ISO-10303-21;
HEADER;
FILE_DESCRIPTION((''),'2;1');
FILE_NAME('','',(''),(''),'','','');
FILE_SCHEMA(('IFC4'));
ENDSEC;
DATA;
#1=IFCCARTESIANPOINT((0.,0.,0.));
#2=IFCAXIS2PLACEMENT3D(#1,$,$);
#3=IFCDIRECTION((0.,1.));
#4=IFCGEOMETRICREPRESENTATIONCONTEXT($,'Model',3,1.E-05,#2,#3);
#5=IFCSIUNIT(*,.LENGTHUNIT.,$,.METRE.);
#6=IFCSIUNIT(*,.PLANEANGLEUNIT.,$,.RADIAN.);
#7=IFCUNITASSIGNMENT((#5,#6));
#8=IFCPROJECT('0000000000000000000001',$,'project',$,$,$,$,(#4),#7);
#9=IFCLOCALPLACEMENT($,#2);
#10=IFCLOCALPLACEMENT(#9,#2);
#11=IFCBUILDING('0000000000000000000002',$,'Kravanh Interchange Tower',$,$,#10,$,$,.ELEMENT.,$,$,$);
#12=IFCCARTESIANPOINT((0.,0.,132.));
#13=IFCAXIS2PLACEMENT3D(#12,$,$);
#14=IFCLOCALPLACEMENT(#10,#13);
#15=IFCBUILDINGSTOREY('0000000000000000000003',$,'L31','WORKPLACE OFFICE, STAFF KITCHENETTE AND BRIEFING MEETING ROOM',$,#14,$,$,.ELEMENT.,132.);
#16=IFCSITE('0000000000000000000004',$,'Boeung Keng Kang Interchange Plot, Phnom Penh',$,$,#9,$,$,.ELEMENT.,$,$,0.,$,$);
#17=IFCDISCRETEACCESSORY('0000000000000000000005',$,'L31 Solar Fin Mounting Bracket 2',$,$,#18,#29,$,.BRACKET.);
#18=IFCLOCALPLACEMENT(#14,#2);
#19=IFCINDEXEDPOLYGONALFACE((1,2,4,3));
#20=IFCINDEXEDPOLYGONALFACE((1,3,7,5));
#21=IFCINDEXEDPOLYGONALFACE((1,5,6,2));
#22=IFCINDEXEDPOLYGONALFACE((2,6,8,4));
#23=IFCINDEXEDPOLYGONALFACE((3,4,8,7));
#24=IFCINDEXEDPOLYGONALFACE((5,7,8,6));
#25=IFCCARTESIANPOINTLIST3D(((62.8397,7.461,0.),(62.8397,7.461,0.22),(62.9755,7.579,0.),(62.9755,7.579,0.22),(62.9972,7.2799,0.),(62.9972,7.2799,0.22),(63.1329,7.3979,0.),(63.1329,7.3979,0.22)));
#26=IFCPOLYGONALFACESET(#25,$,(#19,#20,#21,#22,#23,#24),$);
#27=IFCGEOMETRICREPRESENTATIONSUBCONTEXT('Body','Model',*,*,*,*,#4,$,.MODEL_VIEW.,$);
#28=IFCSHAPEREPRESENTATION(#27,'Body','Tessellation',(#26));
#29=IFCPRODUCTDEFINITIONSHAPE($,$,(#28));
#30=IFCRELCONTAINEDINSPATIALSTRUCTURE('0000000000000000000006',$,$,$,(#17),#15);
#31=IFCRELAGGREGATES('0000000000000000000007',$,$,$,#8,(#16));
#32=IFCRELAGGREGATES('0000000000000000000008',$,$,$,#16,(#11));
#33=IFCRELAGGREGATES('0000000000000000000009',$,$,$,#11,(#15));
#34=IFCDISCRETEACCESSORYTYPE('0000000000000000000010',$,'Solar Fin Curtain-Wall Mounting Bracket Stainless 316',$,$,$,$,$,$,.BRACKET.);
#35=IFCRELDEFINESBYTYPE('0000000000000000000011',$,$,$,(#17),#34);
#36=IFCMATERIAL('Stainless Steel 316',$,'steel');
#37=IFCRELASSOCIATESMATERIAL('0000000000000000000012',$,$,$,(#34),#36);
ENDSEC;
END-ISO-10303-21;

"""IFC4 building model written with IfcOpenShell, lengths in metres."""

from ifc_helpers import new_model, si_unit, direction, frame, origin, origin_2d, place, context, subcontext, project, spatial, rectangle, extrude, material, type_object, element, save


model = new_model("IFC4")

# Units and contexts
model_context = context("Model", 3, precision=1e-05, world=origin(), true_north=direction((0.0, 1.0)))
body_context = subcontext(model_context, "Body", "Model", "MODEL_VIEW")
ifc_project = project(units=[si_unit("LENGTHUNIT", "METRE"), si_unit("PLANEANGLEUNIT", "RADIAN")], contexts=[model_context])

# Site, building, storey
site_placement = place(None, origin())
site = spatial("IfcSite", under=ifc_project, at=site_placement, Name="Boeung Keng Kang Interchange Plot, Phnom Penh", CompositionType="ELEMENT", RefElevation=0.0)
building_placement = place(site_placement, origin())
building = spatial("IfcBuilding", under=site, at=building_placement, Name="Kravanh Interchange Tower", CompositionType="ELEMENT")
storey_placement = place(building_placement, frame((0.0, 0.0, 132.0)))
storey = spatial("IfcBuildingStorey", under=building, at=storey_placement, Name="L31", Description="WORKPLACE OFFICE, STAFF KITCHENETTE AND BRIEFING MEETING ROOM", CompositionType="ELEMENT", Elevation=132.0)

# Discrete accessory
ifc_material_1 = material(Name="Stainless Steel 316", Category="steel")
discrete_accessory_type = type_object("IfcDiscreteAccessoryType", Name="Solar Fin Curtain-Wall Mounting Bracket Stainless 316", PredefinedType="BRACKET", material=ifc_material_1)
discrete_accessory_placement = place(storey_placement, frame((62.9863, 7.4294, 0.0), z_axis=(0.0, 0.0, 1.0), x_axis=(0.656056, -0.754712, 0.0)))
element("IfcDiscreteAccessory", 1, at=discrete_accessory_placement, inside=storey, type_object=discrete_accessory_type, Name="L31 Solar Fin Mounting Bracket 2", PredefinedType="BRACKET", context=body_context, shape_type="SweptSolid", body=[
    extrude(rectangle(XDim=0.24, YDim=0.1799, at=origin_2d()), origin(), (0.0, 0.0, 1.0), 0.22),
])

save(model, "model.ifc")
